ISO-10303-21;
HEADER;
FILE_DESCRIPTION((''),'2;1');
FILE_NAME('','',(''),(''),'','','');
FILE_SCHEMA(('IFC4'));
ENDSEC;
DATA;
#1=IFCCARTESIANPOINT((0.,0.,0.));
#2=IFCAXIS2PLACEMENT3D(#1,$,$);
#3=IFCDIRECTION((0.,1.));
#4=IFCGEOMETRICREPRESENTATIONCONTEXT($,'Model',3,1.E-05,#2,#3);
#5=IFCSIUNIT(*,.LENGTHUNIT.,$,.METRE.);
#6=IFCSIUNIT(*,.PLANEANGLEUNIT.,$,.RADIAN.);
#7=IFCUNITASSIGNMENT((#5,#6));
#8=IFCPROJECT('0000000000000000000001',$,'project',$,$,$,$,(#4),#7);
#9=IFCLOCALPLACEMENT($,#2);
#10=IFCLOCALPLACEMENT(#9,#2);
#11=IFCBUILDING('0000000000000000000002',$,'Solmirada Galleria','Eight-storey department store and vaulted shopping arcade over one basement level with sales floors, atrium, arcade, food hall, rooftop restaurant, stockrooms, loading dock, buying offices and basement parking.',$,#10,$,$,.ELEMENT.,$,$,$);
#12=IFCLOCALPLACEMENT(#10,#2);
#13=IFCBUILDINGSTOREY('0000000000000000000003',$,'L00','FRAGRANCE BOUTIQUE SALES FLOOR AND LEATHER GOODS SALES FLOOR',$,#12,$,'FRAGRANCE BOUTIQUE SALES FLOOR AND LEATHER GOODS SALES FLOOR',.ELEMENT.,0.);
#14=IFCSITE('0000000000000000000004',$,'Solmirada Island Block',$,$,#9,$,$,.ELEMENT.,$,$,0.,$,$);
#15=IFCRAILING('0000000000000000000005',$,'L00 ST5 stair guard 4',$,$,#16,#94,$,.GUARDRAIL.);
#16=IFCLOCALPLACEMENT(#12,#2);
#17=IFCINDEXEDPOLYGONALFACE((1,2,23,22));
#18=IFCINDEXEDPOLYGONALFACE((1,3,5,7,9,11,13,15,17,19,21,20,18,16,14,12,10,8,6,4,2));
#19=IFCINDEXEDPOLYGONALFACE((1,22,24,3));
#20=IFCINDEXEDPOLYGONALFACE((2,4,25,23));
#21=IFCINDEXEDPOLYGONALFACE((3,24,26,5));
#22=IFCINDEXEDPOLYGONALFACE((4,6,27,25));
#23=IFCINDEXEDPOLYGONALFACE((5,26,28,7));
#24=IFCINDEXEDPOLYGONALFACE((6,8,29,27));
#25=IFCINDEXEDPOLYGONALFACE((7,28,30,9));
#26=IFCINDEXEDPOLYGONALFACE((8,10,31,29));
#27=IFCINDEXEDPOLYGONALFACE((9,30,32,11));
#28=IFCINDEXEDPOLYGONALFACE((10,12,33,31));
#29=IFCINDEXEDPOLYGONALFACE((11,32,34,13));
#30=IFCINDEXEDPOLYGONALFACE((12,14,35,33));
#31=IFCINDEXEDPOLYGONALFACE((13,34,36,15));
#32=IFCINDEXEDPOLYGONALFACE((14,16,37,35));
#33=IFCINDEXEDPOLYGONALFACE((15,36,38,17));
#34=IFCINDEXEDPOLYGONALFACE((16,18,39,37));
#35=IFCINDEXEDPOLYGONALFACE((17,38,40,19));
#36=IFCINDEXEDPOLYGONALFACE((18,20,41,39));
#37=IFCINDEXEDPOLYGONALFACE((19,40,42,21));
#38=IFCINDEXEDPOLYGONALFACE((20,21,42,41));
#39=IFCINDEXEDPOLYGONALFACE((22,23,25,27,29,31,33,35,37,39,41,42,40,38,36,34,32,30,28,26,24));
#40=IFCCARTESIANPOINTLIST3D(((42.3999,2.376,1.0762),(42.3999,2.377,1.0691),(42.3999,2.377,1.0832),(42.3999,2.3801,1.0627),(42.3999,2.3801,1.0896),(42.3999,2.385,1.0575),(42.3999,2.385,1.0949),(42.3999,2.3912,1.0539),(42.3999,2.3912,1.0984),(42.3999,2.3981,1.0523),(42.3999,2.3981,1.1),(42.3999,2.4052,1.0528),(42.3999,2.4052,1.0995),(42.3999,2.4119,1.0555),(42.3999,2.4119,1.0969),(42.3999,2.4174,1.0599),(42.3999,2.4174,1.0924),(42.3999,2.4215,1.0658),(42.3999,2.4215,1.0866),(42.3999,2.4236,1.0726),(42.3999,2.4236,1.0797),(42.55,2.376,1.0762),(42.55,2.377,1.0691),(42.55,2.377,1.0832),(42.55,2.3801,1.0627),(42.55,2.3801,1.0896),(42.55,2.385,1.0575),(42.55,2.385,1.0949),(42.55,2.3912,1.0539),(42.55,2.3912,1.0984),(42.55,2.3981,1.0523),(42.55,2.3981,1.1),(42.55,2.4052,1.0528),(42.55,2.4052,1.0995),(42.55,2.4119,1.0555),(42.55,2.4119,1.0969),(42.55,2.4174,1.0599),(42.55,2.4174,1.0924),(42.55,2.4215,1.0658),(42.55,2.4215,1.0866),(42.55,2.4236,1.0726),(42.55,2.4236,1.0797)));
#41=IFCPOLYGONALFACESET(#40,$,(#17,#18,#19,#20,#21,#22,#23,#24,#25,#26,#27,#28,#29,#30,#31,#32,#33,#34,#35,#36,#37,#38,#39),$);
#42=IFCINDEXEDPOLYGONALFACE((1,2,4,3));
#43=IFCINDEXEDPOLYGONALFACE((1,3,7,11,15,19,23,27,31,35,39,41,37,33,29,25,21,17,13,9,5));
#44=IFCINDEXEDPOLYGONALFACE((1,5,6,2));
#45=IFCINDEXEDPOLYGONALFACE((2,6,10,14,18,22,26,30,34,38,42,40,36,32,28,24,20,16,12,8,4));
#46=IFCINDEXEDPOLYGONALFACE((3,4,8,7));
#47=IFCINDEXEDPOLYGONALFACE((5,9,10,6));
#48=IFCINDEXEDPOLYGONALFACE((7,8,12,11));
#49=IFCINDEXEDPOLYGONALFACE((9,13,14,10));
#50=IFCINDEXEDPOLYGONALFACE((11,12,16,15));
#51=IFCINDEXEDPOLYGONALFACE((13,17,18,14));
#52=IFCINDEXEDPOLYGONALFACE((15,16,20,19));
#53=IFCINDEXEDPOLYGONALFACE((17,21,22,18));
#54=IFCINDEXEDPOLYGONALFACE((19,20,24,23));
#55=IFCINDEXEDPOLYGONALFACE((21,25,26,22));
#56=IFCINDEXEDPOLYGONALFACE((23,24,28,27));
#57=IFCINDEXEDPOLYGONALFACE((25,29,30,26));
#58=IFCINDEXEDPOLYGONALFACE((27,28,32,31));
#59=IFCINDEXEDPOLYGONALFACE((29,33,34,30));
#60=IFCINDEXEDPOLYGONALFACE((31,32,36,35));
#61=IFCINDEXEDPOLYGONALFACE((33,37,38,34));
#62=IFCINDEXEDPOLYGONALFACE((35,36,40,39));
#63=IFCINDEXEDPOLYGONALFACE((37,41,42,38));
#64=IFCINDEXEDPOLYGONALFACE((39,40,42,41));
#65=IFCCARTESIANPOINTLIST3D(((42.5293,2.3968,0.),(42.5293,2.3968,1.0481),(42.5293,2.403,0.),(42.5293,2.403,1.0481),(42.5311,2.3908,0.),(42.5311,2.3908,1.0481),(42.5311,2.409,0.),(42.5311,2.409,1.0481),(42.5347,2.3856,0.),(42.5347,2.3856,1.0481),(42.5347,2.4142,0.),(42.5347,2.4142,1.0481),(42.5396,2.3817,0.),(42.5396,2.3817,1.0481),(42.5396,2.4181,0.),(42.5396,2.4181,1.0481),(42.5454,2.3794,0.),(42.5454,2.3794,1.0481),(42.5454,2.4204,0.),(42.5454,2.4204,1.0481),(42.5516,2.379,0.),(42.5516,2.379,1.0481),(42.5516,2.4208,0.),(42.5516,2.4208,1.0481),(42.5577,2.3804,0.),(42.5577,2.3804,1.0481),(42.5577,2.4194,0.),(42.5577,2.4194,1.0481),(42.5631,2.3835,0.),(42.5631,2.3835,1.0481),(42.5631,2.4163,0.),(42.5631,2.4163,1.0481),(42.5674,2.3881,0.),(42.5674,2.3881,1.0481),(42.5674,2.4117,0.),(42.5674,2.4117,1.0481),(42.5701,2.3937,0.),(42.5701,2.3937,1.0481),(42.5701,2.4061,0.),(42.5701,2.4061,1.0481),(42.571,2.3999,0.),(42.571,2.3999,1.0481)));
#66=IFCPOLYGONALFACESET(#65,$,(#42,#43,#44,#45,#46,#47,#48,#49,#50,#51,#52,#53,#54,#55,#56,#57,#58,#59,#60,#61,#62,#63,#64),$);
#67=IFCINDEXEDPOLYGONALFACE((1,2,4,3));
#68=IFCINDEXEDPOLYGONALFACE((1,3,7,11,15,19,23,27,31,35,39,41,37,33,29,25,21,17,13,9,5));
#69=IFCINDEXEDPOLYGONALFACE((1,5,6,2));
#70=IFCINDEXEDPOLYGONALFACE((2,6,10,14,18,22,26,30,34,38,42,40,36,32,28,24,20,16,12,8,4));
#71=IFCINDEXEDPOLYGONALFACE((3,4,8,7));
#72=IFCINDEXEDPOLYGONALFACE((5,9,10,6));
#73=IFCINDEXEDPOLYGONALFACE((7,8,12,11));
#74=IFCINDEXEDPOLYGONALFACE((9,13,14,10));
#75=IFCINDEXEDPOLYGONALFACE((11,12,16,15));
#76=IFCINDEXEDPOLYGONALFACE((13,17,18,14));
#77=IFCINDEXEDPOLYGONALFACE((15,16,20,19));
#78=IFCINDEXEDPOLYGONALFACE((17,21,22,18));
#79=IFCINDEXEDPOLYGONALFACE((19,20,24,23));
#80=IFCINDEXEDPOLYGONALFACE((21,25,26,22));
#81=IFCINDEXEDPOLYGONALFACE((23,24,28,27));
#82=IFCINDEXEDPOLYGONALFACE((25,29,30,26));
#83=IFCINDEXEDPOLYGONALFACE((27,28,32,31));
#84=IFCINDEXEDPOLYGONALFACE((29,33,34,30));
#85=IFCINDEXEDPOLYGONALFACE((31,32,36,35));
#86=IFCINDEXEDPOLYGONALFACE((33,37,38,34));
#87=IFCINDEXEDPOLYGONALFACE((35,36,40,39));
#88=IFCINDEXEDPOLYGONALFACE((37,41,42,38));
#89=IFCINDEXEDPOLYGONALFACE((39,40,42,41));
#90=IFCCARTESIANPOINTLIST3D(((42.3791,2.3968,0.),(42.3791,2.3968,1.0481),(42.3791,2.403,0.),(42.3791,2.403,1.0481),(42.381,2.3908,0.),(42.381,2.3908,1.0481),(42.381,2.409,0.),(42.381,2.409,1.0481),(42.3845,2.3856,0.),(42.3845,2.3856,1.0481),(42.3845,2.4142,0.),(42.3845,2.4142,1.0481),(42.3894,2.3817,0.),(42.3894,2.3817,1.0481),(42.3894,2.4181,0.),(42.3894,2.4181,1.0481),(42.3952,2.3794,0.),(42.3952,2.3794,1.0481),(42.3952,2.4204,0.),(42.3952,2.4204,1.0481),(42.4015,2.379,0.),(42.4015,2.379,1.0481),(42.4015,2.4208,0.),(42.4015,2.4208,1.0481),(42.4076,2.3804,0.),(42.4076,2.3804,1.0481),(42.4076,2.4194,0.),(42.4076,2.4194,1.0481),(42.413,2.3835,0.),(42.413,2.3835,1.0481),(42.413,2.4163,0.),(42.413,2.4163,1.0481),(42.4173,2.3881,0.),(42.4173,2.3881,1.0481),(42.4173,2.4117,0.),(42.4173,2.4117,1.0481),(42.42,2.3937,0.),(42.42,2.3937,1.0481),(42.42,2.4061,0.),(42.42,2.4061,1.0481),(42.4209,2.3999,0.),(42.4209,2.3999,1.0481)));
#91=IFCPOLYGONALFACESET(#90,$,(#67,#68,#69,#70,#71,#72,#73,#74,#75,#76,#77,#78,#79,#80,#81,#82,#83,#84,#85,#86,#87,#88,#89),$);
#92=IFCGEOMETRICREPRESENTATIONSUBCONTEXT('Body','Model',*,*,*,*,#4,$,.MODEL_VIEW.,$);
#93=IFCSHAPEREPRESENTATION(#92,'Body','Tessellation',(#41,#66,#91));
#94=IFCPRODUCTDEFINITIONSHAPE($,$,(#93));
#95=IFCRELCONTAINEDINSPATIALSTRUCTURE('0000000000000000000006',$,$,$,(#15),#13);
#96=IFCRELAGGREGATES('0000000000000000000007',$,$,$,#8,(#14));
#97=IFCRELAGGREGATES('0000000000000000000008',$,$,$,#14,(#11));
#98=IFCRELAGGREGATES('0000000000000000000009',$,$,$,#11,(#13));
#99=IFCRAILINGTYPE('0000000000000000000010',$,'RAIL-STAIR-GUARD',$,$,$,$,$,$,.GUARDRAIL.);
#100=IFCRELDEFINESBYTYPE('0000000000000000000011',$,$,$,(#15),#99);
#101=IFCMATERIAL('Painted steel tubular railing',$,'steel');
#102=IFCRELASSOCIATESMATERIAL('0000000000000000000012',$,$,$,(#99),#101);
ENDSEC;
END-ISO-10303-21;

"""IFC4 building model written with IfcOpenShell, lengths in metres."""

from ifc_helpers import new_model, si_unit, direction, frame, origin, origin_2d, place, context, subcontext, project, spatial, circle, extrude, material, type_object, element, save


model = new_model("IFC4")

# Units and contexts
model_context = context("Model", 3, precision=1e-05, world=origin(), true_north=direction((0.0, 1.0)))
body_context = subcontext(model_context, "Body", "Model", "MODEL_VIEW")
ifc_project = project(units=[si_unit("LENGTHUNIT", "METRE"), si_unit("PLANEANGLEUNIT", "RADIAN")], contexts=[model_context])

# Site, building, storey
site_placement = place(None, origin())
site = spatial("IfcSite", under=ifc_project, at=site_placement, Name="Solmirada Island Block", CompositionType="ELEMENT", RefElevation=0.0)
building_placement = place(site_placement, origin())
building = spatial("IfcBuilding", under=site, at=building_placement, Name="Solmirada Galleria", Description="Eight-storey department store and vaulted shopping arcade over one basement level with sales floors, atrium, arcade, food hall, rooftop restaurant, stockrooms, loading dock, buying offices and basement parking.", CompositionType="ELEMENT")
storey_placement = place(building_placement, origin())
storey = spatial("IfcBuildingStorey", under=building, at=storey_placement, Name="L00", Description="FRAGRANCE BOUTIQUE SALES FLOOR AND LEATHER GOODS SALES FLOOR", LongName="FRAGRANCE BOUTIQUE SALES FLOOR AND LEATHER GOODS SALES FLOOR", CompositionType="ELEMENT", Elevation=0.0)

# Railing
ifc_material_1 = material(Name="Painted steel tubular railing", Category="steel")
railing_type_1 = type_object("IfcRailingType", Name="RAIL-STAIR-GUARD", PredefinedType="GUARDRAIL", material=ifc_material_1)
railing_1_placement = place(storey_placement, frame((42.55, 2.3999, 0.0)))
element("IfcRailing", 1, at=railing_1_placement, inside=storey, type_object=railing_type_1, Name="L00 ST5 stair guard 4", PredefinedType="GUARDRAIL", context=body_context, shape_type="SweptSolid", body=[
    extrude(circle(Radius=0.0239, at=origin_2d()), frame((0.0, 0.0, 1.0762), z_axis=(-1.0, 0.0, 0.0), x_axis=(0.0, -1.0, 0.0)), (0.0, 0.0, 1.0), 0.1501),
    extrude(circle(Radius=0.021, at=origin_2d()), origin(), (0.0, 0.0, 1.0), 1.0481),
    extrude(circle(Radius=0.021, at=origin_2d()), frame((-0.1501, 0.0, 0.0)), (0.0, 0.0, 1.0), 1.0481),
])

save(model, "model.ifc")
